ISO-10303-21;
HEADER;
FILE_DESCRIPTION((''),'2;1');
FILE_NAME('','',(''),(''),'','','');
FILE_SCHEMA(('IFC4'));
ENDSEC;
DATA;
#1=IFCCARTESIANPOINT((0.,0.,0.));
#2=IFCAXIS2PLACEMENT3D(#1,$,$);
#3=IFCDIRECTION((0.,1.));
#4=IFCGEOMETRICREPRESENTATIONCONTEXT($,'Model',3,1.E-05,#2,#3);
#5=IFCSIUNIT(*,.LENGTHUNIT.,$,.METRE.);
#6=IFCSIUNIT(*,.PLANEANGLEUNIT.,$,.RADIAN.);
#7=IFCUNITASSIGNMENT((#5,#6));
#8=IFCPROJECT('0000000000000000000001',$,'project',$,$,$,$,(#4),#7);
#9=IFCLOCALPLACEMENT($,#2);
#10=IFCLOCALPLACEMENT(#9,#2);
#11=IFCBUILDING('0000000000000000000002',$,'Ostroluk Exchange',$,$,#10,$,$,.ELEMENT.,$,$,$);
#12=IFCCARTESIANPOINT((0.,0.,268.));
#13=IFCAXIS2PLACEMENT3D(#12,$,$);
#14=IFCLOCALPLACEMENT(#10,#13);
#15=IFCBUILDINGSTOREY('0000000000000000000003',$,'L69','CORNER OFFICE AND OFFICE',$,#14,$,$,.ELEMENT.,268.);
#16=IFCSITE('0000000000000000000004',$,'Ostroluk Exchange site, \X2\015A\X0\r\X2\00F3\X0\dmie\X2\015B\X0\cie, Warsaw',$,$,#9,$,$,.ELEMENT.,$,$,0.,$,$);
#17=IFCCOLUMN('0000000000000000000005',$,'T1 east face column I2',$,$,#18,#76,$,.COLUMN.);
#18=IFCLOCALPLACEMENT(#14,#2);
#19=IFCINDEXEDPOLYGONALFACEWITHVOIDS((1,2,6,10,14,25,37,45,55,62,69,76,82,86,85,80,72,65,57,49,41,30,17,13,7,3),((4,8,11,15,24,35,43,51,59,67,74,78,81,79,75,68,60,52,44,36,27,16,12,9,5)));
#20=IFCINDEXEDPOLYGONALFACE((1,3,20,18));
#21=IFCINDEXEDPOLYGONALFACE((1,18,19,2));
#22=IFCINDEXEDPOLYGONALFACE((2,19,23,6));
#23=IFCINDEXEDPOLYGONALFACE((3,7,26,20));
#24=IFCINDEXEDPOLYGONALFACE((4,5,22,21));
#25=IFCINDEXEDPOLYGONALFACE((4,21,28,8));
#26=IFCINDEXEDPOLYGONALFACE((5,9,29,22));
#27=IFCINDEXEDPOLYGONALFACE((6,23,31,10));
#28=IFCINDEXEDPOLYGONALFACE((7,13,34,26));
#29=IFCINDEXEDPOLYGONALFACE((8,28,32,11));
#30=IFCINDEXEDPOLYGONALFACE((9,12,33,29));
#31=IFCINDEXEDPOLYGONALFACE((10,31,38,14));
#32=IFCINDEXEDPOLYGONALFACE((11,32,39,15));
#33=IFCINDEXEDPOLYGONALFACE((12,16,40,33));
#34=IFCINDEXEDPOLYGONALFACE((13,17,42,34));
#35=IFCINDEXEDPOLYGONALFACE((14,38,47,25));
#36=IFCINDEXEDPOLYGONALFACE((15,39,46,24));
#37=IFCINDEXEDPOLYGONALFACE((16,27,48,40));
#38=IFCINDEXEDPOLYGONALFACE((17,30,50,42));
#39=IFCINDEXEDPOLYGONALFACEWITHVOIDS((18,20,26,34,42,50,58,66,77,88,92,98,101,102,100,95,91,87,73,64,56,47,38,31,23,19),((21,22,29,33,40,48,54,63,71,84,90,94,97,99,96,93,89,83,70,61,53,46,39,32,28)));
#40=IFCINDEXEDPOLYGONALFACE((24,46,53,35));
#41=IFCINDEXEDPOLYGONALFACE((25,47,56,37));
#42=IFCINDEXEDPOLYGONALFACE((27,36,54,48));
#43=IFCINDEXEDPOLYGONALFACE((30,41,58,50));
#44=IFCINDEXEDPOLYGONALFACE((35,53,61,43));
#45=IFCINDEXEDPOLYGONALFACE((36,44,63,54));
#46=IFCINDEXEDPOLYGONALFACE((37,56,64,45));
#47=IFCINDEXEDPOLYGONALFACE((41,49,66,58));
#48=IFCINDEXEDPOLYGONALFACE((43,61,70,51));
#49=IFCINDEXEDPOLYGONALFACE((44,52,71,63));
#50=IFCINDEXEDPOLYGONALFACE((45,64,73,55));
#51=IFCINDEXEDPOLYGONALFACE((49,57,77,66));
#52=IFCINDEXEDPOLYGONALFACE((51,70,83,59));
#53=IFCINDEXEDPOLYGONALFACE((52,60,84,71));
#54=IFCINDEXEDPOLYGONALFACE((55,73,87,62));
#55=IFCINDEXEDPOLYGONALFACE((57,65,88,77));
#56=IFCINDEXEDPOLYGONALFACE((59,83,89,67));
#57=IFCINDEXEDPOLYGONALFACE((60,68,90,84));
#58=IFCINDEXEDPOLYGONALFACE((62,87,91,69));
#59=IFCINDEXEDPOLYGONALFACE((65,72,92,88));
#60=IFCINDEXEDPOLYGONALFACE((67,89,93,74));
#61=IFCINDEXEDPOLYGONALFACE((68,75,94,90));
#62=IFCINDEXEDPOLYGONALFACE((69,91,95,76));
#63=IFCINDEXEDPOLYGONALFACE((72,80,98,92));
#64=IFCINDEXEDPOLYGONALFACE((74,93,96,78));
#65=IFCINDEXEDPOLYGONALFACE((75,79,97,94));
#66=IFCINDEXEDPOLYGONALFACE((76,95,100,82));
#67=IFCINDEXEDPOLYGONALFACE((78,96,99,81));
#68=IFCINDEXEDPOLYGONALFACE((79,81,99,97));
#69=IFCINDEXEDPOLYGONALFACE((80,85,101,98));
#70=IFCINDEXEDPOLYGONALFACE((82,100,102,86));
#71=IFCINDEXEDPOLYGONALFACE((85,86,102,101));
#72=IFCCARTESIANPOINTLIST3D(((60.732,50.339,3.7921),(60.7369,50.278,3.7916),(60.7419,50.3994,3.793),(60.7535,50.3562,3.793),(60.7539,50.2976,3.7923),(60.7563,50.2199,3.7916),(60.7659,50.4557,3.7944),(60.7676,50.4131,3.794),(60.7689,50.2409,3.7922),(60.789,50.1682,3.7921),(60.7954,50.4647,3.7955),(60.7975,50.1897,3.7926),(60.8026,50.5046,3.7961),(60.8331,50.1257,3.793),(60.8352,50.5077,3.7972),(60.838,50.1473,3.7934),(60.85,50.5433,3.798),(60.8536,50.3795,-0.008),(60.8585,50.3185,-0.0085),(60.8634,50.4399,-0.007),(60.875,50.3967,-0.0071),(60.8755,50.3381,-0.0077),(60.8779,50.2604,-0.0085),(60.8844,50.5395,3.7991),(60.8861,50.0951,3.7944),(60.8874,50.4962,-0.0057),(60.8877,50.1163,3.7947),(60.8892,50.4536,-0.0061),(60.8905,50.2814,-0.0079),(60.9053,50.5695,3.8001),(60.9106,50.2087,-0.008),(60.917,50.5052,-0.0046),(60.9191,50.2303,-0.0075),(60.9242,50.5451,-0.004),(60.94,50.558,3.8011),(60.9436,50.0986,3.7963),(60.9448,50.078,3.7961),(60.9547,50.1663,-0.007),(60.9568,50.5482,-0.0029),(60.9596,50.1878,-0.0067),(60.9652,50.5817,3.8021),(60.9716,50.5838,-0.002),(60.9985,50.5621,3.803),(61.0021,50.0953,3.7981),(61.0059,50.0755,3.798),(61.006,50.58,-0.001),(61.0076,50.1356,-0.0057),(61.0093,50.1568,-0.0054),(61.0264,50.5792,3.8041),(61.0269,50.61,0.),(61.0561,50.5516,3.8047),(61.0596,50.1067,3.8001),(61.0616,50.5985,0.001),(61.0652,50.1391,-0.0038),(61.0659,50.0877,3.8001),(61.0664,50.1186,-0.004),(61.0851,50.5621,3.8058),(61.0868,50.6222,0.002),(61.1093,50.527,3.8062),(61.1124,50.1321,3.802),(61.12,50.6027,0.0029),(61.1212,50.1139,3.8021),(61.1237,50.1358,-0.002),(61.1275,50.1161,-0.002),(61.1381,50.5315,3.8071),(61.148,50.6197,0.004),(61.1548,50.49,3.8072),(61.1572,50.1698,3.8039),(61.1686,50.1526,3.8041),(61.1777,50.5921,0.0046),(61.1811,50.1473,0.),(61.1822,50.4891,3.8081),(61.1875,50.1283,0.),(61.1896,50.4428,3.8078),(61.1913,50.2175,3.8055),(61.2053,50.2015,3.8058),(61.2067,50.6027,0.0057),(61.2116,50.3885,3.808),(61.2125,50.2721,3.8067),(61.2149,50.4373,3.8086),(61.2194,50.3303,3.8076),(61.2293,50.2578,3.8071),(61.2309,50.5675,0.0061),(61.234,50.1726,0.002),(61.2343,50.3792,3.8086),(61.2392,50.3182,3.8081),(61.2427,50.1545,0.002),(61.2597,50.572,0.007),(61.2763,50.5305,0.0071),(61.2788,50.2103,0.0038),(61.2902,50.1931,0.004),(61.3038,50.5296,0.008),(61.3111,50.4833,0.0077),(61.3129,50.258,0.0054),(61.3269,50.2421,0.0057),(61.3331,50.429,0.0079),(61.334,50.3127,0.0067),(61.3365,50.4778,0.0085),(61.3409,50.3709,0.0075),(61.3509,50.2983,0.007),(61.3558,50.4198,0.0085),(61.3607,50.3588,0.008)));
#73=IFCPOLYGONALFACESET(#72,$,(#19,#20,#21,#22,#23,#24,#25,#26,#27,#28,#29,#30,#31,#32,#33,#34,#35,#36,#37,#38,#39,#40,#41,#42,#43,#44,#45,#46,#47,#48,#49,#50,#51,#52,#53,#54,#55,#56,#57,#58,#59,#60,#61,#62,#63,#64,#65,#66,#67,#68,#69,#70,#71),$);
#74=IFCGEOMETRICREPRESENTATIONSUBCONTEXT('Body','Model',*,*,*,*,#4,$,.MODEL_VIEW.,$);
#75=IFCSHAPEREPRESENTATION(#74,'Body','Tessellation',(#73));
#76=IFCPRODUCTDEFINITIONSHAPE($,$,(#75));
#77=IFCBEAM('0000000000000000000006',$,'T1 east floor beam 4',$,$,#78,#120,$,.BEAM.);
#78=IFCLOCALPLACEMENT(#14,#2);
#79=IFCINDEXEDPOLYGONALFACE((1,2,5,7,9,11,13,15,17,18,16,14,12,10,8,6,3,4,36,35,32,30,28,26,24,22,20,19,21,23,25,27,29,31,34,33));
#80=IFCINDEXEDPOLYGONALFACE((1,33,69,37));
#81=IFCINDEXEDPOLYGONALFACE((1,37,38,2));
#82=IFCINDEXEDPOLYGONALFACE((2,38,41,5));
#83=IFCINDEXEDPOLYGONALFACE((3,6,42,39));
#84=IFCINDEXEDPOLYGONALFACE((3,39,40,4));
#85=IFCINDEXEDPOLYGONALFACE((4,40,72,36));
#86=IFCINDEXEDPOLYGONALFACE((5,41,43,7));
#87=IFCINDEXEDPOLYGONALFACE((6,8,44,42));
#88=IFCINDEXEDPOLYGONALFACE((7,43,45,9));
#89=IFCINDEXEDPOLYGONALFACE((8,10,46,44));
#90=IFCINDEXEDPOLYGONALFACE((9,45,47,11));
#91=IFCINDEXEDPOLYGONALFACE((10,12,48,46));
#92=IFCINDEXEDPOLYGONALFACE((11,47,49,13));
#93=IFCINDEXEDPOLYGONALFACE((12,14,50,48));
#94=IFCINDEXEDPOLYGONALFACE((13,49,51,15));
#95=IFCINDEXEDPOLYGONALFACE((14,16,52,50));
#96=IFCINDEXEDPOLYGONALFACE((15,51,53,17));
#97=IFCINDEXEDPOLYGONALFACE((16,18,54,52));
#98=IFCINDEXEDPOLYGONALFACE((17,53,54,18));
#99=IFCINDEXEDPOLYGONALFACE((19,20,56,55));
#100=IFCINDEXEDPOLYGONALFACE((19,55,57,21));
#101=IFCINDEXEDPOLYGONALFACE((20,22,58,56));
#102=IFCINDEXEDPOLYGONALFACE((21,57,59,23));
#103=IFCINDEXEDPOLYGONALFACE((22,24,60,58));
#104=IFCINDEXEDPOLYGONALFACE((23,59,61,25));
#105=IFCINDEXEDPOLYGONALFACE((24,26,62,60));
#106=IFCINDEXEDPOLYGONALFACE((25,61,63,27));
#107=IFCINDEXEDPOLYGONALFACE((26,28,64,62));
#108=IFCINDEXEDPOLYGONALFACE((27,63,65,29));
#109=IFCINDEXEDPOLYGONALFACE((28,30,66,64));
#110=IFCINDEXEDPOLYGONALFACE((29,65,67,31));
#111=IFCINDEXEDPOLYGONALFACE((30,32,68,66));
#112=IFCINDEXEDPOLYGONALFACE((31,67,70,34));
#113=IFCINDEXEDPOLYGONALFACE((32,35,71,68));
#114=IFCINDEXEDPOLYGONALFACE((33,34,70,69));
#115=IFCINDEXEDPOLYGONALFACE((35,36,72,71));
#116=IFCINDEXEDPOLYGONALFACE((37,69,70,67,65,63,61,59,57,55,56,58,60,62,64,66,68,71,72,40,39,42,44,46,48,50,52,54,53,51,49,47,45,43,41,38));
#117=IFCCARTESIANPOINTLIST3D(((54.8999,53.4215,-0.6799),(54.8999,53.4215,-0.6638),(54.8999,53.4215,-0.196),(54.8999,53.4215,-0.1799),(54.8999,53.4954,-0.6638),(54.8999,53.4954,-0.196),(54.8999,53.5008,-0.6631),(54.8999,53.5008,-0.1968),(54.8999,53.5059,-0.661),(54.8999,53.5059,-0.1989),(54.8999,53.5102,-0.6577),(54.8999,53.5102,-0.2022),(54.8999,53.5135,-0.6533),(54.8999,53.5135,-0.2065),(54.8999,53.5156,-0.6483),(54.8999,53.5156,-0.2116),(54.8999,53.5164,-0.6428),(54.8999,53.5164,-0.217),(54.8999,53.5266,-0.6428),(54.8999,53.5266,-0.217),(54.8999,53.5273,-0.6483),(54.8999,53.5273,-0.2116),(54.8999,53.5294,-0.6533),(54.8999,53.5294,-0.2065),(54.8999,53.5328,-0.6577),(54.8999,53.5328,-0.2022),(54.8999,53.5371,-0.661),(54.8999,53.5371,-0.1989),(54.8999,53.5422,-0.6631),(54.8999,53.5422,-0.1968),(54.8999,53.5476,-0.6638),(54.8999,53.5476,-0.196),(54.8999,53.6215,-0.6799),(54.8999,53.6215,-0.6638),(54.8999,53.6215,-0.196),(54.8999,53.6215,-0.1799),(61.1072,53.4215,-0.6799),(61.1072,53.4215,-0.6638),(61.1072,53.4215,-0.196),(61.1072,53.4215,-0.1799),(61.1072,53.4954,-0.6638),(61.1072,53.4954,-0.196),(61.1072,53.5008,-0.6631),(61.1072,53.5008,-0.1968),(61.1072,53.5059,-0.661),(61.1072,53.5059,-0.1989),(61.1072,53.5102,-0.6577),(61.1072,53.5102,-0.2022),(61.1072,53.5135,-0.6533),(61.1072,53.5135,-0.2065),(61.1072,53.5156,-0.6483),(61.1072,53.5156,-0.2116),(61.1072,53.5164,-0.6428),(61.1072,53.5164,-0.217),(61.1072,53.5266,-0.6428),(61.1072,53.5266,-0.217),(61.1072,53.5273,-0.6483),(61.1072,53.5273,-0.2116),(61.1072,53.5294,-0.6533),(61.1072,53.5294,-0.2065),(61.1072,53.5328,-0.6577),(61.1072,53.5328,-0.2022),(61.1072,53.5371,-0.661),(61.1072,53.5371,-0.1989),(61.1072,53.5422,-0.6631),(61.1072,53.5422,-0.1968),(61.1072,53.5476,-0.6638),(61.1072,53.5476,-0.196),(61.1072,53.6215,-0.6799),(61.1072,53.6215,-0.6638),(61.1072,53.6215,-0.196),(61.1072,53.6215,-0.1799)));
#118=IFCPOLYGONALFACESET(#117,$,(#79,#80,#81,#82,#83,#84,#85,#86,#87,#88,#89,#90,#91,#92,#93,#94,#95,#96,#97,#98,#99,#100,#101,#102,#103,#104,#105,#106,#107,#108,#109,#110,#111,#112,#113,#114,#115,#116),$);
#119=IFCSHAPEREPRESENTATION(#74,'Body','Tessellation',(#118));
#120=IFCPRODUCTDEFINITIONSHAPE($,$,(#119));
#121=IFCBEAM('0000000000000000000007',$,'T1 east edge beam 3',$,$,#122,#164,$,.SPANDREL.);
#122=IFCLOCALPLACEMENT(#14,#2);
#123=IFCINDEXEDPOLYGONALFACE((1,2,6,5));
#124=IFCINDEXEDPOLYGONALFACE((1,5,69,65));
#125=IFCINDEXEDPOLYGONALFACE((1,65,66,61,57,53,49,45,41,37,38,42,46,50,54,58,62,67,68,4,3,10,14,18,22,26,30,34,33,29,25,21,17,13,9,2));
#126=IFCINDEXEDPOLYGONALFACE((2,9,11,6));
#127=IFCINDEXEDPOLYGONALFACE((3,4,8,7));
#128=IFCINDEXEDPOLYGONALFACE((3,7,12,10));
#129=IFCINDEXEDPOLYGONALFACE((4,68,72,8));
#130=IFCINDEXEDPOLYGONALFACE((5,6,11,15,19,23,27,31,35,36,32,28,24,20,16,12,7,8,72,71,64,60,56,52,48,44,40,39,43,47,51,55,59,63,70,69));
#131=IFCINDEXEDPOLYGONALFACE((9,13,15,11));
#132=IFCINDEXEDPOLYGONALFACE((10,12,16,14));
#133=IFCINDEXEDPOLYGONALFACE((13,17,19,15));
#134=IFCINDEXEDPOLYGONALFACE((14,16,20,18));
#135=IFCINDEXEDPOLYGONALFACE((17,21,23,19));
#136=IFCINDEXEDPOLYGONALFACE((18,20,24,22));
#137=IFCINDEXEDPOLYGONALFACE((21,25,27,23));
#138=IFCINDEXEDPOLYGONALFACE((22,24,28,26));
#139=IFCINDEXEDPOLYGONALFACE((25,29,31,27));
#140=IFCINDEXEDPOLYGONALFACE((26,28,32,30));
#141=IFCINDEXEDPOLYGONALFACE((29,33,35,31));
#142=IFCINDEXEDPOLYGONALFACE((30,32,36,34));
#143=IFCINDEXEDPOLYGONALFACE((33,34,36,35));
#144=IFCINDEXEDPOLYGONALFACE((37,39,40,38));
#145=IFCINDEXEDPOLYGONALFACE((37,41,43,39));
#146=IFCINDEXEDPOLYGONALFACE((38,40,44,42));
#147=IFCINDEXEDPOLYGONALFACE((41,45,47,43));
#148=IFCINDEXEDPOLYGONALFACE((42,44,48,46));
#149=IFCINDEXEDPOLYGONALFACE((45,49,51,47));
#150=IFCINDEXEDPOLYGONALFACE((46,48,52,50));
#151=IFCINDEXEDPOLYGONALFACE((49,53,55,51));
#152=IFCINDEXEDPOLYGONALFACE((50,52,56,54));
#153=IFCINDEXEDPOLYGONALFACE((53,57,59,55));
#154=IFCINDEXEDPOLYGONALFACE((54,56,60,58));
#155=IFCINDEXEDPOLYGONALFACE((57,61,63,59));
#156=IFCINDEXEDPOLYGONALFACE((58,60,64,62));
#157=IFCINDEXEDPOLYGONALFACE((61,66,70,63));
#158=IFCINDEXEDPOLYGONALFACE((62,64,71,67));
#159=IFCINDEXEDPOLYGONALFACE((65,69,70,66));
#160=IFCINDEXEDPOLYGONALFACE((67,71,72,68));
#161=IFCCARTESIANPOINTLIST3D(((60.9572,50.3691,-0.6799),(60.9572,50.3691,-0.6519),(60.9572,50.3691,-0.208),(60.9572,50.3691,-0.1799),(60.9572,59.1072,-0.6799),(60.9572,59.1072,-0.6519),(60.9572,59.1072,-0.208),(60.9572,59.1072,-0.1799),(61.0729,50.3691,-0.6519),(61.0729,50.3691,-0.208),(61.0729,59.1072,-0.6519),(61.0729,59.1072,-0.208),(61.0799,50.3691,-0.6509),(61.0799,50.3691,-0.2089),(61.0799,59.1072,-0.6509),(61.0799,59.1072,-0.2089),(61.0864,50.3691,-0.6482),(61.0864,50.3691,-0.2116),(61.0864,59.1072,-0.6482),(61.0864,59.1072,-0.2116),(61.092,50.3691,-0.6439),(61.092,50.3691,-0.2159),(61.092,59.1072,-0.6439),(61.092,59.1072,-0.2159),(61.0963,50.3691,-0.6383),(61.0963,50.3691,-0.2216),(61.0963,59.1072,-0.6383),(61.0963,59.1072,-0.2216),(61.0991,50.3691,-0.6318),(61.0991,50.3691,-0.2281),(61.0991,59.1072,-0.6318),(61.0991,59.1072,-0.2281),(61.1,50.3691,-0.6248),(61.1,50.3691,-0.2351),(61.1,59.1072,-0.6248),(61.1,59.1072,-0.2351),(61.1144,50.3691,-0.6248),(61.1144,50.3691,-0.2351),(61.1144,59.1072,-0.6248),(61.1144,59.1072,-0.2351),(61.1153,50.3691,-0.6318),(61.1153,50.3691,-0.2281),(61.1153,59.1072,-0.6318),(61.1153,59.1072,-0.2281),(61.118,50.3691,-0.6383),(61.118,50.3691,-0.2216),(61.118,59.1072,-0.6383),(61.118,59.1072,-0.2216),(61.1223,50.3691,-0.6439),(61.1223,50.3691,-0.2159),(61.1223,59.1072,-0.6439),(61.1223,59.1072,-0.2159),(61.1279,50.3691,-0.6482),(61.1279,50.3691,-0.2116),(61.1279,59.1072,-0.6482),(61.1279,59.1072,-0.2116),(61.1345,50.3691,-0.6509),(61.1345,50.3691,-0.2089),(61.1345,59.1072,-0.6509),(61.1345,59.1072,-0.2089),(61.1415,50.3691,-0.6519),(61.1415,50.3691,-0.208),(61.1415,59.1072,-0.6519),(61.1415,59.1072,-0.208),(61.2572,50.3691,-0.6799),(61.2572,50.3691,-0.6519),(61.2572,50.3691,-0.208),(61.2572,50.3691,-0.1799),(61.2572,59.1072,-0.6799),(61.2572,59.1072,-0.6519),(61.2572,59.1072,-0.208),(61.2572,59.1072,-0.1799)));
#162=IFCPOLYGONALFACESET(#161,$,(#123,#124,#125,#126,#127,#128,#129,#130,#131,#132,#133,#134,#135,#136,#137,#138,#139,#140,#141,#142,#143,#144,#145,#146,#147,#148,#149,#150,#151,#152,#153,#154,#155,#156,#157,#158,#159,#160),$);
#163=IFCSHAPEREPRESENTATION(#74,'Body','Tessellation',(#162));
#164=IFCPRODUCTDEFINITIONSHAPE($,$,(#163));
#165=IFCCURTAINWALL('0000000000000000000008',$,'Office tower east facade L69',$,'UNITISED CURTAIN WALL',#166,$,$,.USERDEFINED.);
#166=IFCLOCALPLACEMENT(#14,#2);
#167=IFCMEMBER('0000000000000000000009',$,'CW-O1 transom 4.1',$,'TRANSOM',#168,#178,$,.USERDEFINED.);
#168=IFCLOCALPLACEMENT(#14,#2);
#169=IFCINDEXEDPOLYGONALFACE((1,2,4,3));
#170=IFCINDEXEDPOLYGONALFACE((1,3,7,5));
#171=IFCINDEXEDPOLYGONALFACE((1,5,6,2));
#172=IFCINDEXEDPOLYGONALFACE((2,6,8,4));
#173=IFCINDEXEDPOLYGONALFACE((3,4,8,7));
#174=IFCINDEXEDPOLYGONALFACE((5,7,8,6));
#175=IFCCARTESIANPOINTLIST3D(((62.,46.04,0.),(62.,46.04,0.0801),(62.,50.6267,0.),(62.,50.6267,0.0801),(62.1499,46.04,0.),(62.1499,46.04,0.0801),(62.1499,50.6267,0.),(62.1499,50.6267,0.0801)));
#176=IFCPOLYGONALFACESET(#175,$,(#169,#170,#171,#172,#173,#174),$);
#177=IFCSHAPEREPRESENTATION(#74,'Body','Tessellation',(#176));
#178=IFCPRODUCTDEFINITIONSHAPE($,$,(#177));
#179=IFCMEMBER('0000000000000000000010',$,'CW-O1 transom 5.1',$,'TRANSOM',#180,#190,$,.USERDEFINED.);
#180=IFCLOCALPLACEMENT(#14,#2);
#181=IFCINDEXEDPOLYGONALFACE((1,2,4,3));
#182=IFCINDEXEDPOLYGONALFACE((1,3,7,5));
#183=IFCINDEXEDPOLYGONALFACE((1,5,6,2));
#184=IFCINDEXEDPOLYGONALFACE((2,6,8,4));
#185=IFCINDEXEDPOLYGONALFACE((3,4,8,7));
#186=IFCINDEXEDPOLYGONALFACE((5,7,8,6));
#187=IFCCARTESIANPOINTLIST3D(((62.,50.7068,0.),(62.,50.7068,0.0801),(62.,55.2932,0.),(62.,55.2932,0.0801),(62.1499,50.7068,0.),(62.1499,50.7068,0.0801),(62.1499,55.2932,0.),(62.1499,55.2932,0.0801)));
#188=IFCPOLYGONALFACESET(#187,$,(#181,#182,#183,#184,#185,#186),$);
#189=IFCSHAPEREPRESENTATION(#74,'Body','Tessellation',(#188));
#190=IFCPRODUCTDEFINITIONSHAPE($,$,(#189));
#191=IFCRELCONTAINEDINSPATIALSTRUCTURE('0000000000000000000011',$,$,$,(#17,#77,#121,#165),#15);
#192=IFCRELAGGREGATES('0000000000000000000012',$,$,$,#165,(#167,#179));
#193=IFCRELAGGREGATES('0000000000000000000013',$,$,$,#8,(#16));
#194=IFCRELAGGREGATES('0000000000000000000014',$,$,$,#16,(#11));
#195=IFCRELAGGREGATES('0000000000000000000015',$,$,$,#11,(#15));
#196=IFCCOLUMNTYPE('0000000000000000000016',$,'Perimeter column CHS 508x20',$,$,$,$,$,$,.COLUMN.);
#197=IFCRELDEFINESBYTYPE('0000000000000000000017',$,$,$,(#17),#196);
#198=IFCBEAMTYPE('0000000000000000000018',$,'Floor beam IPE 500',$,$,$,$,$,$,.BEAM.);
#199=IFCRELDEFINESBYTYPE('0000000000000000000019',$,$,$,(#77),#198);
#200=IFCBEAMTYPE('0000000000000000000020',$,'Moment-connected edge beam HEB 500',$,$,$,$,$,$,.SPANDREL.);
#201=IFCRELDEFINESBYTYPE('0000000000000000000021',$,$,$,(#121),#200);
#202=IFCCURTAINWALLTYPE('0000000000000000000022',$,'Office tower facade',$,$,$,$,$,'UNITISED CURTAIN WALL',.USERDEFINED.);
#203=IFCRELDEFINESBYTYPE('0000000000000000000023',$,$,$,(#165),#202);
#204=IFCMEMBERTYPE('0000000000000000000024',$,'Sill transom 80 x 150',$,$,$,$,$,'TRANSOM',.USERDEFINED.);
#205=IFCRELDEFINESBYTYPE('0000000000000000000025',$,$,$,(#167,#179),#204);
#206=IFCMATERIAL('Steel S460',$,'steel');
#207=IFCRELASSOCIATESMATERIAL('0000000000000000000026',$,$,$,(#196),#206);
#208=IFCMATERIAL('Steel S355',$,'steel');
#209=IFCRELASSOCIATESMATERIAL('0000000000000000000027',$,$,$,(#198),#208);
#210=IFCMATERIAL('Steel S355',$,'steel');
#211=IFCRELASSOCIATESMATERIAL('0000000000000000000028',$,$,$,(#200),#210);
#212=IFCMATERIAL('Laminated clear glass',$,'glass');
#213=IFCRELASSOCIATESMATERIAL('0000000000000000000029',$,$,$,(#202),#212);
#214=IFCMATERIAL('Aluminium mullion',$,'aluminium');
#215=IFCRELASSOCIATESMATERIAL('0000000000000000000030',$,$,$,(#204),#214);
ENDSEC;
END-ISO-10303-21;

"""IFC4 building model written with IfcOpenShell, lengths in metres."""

from ifc_helpers import new_model, si_unit, direction, frame, origin, origin_2d, place, context, subcontext, project, spatial, rectangle, hollow_circle, i_section, extrude, material, material_profile, profile_set, type_object, element, aggregate, save


model = new_model("IFC4")

# Units and contexts
model_context = context("Model", 3, precision=1e-05, world=origin(), true_north=direction((0.0, 1.0)))
body_context = subcontext(model_context, "Body", "Model", "MODEL_VIEW")
ifc_project = project(units=[si_unit("LENGTHUNIT", "METRE"), si_unit("PLANEANGLEUNIT", "RADIAN")], contexts=[model_context])

# Site, building, storey
site_placement = place(None, origin())
site = spatial("IfcSite", under=ifc_project, at=site_placement, Name="Ostroluk Exchange site, Śródmieście, Warsaw", CompositionType="ELEMENT", RefElevation=0.0)
building_placement = place(site_placement, origin())
building = spatial("IfcBuilding", under=site, at=building_placement, Name="Ostroluk Exchange", CompositionType="ELEMENT")
storey_placement = place(building_placement, frame((0.0, 0.0, 268.0)))
storey = spatial("IfcBuildingStorey", under=building, at=storey_placement, Name="L69", Description="CORNER OFFICE AND OFFICE", CompositionType="ELEMENT", Elevation=268.0)

# Column
ifc_material_1 = material(Name="Steel S460", Category="steel")
ifc_material_profile_1 = material_profile(ifc_material_1, hollow_circle(Radius=0.2539, WallThickness=0.02, at=origin_2d()), Name="CHS 508x20")
ifc_profile_set_1 = profile_set([ifc_material_profile_1], Name="Steel S460")
column_type = type_object("IfcColumnType", Name="Perimeter column CHS 508x20", PredefinedType="COLUMN", material=ifc_profile_set_1)
column_placement = place(storey_placement, frame((61.1072, 50.3691, 0.0), z_axis=(-0.031977, -0.010659, 0.999432), x_axis=(0.316228, -0.948683, 0.0)))
element("IfcColumn", 1, at=column_placement, inside=storey, type_object=column_type, Name="T1 east face column I2", PredefinedType="COLUMN", context=body_context, shape_type="SweptSolid", body=[
    extrude(hollow_circle(Radius=0.2539, WallThickness=0.02, at=origin_2d()), origin(), (0.0, 0.0, 1.0), 3.8022),
])

# Beams
ifc_material_2 = material(Name="Steel S355", Category="steel")
ifc_material_profile_2 = material_profile(ifc_material_2, i_section(OverallWidth=0.2, OverallDepth=0.5, WebThickness=0.0103, FlangeThickness=0.0161, FilletRadius=0.021, at=origin_2d()), Name="IPE 500")
ifc_profile_set_2 = profile_set([ifc_material_profile_2], Name="Steel S355")
beam_type_1 = type_object("IfcBeamType", Name="Floor beam IPE 500", PredefinedType="BEAM", material=ifc_profile_set_2)
beam_1_placement = place(storey_placement, frame((54.8999, 53.5215, -0.4299), z_axis=(1.0, 0.0, 0.0), x_axis=(0.0, 1.0, 0.0)))
element("IfcBeam", 2, at=beam_1_placement, inside=storey, type_object=beam_type_1, Name="T1 east floor beam 4", PredefinedType="BEAM", context=body_context, shape_type="SweptSolid", body=[
    extrude(i_section(OverallWidth=0.2, OverallDepth=0.5, WebThickness=0.0103, FlangeThickness=0.0161, FilletRadius=0.021, at=origin_2d()), origin(), (0.0, 0.0, 1.0), 6.2073),
])
ifc_material_3 = material(Name="Steel S355", Category="steel")
ifc_material_profile_3 = material_profile(ifc_material_3, i_section(OverallWidth=0.3, OverallDepth=0.5, WebThickness=0.0144, FlangeThickness=0.0281, FilletRadius=0.0271, at=origin_2d()), Name="HEB 500")
ifc_profile_set_3 = profile_set([ifc_material_profile_3], Name="Steel S355")
beam_type_2 = type_object("IfcBeamType", Name="Moment-connected edge beam HEB 500", PredefinedType="SPANDREL", material=ifc_profile_set_3)
beam_2_placement = place(storey_placement, frame((61.1072, 50.3691, -0.4299), z_axis=(0.0, 1.0, 0.0), x_axis=(-1.0, 0.0, 0.0)))
element("IfcBeam", 3, at=beam_2_placement, inside=storey, type_object=beam_type_2, Name="T1 east edge beam 3", PredefinedType="SPANDREL", context=body_context, shape_type="SweptSolid", body=[
    extrude(i_section(OverallWidth=0.3, OverallDepth=0.5, WebThickness=0.0144, FlangeThickness=0.0281, FilletRadius=0.0271, at=origin_2d()), origin(), (0.0, 0.0, 1.0), 8.738),
])

# Curtain wall, members
ifc_material_4 = material(Name="Laminated clear glass", Category="glass")
curtain_wall_type = type_object("IfcCurtainWallType", Name="Office tower facade", ElementType="UNITISED CURTAIN WALL", PredefinedType="USERDEFINED", material=ifc_material_4)
curtain_wall_placement = place(storey_placement, origin())
curtain_wall = element("IfcCurtainWall", 4, at=curtain_wall_placement, inside=storey, type_object=curtain_wall_type, Name="Office tower east facade L69", ObjectType="UNITISED CURTAIN WALL", PredefinedType="USERDEFINED")
ifc_material_5 = material(Name="Aluminium mullion", Category="aluminium")
ifc_material_profile_4 = material_profile(ifc_material_5, rectangle(XDim=0.1499, YDim=0.0801, at=origin_2d()), Name="Sill transom 80 x 150")
ifc_profile_set_4 = profile_set([ifc_material_profile_4], Name="Aluminium mullion")
member_type_1 = type_object("IfcMemberType", Name="Sill transom 80 x 150", ElementType="TRANSOM", PredefinedType="USERDEFINED", material=ifc_profile_set_4)
member_1_placement = place(storey_placement, frame((62.075, 46.04, 0.04), z_axis=(0.0, 1.0, 0.0), x_axis=(-1.0, 0.0, 0.0)))
member_1 = element("IfcMember", 5, at=member_1_placement, type_object=member_type_1, Name="CW-O1 transom 4.1", ObjectType="TRANSOM", PredefinedType="USERDEFINED", context=body_context, shape_type="SweptSolid", body=[
    extrude(rectangle(XDim=0.1499, YDim=0.0801, at=origin_2d()), origin(), (0.0, 0.0, 1.0), 4.5867),
])
member_2_placement = place(storey_placement, frame((62.075, 50.7068, 0.04), z_axis=(0.0, 1.0, 0.0), x_axis=(-1.0, 0.0, 0.0)))
member_2 = element("IfcMember", 6, at=member_2_placement, type_object=member_type_1, Name="CW-O1 transom 5.1", ObjectType="TRANSOM", PredefinedType="USERDEFINED", context=body_context, shape_type="SweptSolid", body=[
    extrude(rectangle(XDim=0.1499, YDim=0.0801, at=origin_2d()), origin(), (0.0, 0.0, 1.0), 4.5864),
])
aggregate(curtain_wall, [member_1, member_2])

save(model, "model.ifc")
